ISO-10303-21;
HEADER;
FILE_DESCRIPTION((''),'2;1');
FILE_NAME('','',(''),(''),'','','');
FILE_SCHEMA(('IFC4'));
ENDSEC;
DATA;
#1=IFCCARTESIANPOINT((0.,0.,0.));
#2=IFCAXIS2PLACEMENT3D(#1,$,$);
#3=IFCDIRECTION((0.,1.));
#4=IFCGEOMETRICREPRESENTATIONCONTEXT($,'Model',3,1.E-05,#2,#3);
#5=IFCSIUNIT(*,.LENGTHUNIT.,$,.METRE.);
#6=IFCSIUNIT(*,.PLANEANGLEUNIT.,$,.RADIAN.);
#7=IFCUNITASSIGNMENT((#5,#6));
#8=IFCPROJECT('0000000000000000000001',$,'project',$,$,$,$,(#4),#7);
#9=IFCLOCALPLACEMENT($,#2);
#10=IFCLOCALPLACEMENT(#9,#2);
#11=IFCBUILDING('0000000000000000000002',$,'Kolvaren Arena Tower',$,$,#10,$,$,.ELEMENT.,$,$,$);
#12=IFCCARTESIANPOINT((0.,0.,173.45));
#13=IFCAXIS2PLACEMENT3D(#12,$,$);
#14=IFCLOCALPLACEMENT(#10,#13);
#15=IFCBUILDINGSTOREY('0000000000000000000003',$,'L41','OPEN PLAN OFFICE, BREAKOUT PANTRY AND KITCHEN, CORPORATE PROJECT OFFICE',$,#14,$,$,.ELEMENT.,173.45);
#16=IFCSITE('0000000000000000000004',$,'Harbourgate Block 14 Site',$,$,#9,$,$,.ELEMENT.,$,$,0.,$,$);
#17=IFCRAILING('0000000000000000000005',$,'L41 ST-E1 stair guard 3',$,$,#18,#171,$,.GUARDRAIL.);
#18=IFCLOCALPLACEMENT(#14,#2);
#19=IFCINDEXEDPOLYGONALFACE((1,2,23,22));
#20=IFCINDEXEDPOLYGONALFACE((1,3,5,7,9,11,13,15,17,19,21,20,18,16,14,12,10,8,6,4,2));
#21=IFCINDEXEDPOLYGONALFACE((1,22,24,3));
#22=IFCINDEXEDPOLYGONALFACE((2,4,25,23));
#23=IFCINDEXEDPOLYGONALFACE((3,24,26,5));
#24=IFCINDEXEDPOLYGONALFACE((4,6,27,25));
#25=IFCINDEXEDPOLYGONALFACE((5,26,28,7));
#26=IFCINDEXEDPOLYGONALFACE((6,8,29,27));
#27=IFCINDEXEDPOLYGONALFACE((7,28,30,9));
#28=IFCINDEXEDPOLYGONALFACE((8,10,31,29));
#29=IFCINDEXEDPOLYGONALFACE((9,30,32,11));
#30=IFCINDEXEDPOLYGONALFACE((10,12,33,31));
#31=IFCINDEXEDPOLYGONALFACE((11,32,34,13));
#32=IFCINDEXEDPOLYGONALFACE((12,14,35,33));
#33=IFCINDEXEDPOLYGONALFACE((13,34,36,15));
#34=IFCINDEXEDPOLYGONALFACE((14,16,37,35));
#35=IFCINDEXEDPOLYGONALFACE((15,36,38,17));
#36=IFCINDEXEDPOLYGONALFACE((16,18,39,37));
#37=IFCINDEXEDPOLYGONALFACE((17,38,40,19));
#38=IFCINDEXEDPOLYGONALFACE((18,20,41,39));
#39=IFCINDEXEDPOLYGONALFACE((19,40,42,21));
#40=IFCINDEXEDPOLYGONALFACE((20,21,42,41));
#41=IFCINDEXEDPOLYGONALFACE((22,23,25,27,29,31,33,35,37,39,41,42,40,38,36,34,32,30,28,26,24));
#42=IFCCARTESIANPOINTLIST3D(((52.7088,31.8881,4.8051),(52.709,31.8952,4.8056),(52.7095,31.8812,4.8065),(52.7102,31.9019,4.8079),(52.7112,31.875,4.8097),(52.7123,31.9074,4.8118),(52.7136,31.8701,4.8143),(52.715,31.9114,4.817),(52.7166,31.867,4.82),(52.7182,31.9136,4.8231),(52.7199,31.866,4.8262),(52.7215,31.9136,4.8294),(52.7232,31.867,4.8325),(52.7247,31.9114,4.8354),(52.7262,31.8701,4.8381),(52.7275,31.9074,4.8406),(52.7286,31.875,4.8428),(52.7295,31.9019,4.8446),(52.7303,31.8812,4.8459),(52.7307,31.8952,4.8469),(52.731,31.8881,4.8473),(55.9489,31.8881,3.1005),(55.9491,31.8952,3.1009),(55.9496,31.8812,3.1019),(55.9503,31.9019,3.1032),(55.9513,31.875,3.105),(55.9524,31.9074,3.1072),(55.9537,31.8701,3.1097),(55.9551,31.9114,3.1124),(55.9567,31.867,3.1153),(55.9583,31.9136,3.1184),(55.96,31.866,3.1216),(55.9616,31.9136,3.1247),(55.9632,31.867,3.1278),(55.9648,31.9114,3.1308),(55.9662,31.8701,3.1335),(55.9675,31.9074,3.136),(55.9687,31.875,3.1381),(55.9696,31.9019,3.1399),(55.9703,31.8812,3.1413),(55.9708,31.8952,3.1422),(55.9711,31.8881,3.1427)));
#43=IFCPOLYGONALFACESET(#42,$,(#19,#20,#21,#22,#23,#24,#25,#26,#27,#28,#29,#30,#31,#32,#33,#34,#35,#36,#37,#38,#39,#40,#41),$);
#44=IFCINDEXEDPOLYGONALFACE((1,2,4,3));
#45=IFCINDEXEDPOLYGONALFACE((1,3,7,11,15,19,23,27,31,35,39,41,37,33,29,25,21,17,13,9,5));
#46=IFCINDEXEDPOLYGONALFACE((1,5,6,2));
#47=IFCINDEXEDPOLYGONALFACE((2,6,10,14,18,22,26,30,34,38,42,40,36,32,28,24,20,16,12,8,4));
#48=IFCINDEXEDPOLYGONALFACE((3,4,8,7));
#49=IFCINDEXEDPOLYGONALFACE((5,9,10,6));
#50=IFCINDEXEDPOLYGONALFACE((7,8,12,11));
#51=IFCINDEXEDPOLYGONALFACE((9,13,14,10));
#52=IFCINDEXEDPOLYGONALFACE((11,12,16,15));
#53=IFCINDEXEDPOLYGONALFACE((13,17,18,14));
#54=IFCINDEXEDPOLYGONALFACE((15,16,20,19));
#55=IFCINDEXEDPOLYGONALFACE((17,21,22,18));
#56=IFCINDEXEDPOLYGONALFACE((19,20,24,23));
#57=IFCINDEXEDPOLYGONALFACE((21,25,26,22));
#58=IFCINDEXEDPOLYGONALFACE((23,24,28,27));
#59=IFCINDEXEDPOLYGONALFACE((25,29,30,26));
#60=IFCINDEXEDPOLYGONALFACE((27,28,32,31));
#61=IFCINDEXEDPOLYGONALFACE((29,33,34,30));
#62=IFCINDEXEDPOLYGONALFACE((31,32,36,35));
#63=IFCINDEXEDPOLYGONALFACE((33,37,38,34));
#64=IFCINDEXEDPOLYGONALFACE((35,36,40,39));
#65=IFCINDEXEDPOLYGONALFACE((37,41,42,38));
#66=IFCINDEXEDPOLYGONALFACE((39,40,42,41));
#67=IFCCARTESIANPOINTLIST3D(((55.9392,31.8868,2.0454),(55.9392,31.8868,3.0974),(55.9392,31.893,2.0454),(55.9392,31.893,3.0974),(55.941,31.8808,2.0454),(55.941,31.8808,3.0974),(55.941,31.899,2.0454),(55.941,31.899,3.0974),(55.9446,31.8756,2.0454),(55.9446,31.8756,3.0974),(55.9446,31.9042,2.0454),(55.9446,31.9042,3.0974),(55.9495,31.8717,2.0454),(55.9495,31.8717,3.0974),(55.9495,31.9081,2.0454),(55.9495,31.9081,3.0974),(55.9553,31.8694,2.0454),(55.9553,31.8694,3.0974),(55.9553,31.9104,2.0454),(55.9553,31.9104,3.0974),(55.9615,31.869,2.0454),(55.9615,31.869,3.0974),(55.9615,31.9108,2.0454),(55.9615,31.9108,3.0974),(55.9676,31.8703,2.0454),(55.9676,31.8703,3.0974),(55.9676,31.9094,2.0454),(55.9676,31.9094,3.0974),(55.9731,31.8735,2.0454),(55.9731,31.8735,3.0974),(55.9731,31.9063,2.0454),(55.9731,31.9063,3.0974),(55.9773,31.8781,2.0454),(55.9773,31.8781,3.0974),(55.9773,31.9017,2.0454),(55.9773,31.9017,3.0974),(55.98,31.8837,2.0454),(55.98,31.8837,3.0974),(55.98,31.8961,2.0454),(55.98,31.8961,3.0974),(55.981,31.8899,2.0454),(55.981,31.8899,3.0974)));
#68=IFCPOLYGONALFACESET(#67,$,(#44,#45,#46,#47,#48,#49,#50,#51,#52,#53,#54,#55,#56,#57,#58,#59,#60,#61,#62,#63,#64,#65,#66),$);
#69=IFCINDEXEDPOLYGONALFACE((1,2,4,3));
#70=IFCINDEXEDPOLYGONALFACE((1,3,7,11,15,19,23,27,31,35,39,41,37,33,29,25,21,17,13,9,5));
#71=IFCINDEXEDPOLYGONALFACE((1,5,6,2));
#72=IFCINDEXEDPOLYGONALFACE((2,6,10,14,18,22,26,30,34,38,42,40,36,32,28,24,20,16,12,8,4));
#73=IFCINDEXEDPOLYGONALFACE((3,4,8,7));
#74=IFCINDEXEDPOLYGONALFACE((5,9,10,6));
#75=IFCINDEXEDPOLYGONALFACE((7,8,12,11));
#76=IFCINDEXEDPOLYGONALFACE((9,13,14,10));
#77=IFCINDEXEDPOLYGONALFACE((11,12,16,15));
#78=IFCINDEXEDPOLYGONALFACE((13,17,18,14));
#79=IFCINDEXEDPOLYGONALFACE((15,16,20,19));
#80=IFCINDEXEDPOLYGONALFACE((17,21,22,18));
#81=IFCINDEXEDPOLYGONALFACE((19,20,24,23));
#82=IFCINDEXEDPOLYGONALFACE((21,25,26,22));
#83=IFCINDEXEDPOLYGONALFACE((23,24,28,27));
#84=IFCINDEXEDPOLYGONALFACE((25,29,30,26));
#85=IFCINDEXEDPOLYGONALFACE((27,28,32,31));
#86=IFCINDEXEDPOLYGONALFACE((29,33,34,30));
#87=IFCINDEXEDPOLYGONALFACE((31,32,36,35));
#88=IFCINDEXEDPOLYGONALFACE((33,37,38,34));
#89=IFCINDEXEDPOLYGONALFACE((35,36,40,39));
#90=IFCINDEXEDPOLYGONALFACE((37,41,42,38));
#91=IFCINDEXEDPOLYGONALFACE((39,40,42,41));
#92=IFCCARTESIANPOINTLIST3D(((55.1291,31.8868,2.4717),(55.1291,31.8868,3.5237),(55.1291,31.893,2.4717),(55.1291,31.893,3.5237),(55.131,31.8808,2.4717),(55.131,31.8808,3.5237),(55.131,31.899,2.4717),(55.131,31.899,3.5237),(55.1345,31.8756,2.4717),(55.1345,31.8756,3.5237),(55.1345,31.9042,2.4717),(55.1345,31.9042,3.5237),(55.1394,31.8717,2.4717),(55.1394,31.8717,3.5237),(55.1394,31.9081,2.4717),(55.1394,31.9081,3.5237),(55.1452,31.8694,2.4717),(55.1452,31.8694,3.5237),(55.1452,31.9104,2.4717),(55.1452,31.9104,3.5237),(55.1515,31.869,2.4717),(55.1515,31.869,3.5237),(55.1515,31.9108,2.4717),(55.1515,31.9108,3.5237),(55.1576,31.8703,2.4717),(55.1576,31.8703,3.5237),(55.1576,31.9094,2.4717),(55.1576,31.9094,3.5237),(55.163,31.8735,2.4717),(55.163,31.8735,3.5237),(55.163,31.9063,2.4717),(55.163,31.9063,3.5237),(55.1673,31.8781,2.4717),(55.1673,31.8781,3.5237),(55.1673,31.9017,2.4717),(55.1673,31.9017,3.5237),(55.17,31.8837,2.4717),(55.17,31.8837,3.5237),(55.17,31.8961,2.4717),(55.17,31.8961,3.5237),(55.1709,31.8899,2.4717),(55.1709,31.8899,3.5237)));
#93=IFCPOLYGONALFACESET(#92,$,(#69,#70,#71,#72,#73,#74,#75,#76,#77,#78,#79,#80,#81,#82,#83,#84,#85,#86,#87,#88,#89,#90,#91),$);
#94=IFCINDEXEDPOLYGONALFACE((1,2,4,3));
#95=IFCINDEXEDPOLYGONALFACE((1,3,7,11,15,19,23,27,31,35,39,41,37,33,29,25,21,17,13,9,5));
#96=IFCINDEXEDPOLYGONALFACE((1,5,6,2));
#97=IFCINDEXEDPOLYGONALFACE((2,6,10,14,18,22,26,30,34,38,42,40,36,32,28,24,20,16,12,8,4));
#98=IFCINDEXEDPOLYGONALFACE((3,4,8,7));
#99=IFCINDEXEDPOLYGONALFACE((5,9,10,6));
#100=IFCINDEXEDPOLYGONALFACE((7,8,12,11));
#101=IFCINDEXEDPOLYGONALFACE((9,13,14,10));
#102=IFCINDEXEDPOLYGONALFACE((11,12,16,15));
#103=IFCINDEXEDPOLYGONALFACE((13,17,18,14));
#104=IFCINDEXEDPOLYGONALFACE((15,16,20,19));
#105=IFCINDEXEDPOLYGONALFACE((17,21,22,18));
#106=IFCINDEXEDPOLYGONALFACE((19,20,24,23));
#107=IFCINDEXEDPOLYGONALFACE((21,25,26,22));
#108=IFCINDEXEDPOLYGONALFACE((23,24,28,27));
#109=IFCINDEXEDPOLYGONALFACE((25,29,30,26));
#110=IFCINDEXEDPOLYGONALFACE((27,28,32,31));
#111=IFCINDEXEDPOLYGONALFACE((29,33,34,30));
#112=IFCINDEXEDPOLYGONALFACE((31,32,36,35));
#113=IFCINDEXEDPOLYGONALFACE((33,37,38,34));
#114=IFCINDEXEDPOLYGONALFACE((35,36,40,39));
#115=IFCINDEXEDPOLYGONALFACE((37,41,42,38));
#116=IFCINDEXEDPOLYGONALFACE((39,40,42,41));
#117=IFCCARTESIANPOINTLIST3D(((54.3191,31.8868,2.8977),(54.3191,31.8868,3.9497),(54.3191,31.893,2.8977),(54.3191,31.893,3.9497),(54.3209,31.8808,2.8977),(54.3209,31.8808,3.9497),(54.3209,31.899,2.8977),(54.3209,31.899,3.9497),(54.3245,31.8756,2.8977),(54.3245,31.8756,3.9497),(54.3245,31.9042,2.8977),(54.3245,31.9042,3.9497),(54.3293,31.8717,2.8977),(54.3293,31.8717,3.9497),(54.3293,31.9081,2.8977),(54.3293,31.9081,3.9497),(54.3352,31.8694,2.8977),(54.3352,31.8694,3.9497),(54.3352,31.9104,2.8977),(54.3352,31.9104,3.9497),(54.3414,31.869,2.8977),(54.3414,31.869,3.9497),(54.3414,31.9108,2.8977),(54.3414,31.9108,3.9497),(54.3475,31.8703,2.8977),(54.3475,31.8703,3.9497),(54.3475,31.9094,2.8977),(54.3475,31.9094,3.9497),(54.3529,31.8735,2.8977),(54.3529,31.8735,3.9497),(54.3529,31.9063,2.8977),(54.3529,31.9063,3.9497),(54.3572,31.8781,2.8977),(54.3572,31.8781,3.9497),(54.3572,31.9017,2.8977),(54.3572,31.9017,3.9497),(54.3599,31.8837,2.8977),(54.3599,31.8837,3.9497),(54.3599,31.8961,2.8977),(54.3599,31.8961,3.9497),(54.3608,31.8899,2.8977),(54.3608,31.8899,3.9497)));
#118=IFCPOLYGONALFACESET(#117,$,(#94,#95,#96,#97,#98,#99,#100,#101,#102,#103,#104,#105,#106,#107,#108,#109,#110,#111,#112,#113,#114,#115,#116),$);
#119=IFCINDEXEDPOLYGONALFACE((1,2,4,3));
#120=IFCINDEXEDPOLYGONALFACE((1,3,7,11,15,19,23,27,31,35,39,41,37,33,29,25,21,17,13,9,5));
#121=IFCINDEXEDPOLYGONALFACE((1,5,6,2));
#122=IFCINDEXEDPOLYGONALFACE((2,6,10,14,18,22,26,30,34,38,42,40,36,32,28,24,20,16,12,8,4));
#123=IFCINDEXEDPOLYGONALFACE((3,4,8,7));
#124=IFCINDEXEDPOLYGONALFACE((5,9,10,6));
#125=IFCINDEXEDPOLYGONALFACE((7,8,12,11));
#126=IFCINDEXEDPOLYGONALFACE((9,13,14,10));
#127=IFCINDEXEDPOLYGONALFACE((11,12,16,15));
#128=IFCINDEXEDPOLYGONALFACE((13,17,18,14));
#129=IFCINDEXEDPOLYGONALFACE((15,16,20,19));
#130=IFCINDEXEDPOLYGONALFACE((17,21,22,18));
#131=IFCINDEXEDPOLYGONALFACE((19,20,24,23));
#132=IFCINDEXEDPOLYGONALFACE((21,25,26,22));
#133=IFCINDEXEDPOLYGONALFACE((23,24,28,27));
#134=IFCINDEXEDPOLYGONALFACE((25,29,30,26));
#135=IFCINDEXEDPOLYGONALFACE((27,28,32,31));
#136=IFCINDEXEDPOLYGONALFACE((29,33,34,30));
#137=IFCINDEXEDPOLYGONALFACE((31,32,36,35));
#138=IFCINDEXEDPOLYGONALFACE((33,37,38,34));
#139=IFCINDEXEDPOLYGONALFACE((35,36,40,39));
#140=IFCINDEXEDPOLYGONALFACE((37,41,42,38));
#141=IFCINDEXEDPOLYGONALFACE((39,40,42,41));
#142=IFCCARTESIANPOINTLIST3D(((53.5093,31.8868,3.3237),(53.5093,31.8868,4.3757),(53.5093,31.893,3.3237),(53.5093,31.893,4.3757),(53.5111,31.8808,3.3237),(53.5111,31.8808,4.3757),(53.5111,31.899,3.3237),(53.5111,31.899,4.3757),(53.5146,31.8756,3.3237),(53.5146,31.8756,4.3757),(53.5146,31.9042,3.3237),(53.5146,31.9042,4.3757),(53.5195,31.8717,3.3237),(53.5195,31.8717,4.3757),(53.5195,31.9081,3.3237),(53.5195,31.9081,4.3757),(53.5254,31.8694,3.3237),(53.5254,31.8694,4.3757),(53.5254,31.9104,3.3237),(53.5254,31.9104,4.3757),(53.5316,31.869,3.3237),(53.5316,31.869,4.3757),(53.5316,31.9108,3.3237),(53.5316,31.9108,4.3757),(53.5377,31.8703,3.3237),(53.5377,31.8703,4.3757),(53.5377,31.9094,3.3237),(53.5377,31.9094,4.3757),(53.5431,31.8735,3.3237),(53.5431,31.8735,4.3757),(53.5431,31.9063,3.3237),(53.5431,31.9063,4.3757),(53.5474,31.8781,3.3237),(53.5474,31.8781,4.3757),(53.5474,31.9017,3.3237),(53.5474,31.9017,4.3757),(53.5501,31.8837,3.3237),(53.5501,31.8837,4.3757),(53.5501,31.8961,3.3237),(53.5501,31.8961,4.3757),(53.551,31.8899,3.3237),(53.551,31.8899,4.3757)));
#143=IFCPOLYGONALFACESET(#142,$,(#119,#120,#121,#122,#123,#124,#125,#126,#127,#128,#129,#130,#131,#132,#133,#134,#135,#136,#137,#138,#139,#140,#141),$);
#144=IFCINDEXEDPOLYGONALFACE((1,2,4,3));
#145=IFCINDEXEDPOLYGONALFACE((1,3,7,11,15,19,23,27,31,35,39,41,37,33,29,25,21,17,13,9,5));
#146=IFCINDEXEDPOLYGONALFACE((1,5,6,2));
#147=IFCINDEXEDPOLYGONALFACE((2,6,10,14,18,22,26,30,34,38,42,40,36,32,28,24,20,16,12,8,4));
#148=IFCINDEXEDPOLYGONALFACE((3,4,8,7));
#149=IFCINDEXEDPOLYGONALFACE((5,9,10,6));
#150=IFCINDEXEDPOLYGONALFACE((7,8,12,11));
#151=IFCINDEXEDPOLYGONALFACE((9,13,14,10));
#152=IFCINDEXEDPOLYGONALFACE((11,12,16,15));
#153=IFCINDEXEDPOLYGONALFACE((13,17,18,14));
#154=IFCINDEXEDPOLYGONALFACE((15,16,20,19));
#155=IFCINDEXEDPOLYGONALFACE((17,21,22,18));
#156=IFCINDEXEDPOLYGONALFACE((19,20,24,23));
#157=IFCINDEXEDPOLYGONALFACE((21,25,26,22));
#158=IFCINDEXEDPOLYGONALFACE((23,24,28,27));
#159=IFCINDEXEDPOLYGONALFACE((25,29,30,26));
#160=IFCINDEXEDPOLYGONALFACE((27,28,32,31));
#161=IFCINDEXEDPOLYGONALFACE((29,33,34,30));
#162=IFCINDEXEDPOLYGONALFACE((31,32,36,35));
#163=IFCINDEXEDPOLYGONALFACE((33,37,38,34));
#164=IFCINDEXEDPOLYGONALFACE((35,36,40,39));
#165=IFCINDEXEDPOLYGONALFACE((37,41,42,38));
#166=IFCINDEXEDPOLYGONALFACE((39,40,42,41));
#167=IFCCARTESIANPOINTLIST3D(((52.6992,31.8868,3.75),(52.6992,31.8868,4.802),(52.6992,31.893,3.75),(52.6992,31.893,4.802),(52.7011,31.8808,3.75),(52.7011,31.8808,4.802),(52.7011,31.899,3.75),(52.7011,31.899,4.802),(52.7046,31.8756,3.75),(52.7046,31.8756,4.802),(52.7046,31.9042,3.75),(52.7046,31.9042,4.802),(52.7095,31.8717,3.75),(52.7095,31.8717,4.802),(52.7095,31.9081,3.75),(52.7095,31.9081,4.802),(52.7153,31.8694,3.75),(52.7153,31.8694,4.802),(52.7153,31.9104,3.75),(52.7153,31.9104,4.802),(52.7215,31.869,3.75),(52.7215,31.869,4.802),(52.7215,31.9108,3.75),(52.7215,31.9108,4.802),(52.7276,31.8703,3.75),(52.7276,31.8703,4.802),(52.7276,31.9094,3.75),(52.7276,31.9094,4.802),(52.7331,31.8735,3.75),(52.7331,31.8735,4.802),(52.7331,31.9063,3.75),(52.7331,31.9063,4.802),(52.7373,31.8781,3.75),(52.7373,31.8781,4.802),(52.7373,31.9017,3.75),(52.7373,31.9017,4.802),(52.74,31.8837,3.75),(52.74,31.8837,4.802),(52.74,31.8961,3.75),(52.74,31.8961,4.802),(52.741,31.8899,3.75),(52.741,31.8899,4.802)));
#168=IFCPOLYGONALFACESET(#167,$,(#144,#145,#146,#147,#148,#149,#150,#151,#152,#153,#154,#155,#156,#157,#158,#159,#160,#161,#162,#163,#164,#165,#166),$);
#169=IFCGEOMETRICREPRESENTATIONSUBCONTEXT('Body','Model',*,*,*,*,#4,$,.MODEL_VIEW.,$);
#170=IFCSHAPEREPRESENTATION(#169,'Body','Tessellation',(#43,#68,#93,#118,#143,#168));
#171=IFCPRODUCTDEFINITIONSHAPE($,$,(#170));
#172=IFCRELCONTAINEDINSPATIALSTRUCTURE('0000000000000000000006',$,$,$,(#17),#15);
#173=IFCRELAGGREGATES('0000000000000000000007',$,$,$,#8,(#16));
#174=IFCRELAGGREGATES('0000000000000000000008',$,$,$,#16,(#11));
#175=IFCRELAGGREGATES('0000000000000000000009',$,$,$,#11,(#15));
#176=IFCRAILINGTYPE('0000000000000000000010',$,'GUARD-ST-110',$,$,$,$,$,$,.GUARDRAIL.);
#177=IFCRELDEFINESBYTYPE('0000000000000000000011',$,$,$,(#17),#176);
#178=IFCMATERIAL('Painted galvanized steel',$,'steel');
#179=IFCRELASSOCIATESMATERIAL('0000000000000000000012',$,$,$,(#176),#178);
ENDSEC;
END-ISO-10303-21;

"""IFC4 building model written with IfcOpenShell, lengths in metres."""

from ifc_helpers import new_model, si_unit, direction, frame, origin, origin_2d, place, context, subcontext, project, spatial, circle, extrude, material, type_object, element, save


model = new_model("IFC4")

# Units and contexts
model_context = context("Model", 3, precision=1e-05, world=origin(), true_north=direction((0.0, 1.0)))
body_context = subcontext(model_context, "Body", "Model", "MODEL_VIEW")
ifc_project = project(units=[si_unit("LENGTHUNIT", "METRE"), si_unit("PLANEANGLEUNIT", "RADIAN")], contexts=[model_context])

# Site, building, storey
site_placement = place(None, origin())
site = spatial("IfcSite", under=ifc_project, at=site_placement, Name="Harbourgate Block 14 Site", CompositionType="ELEMENT", RefElevation=0.0)
building_placement = place(site_placement, origin())
building = spatial("IfcBuilding", under=site, at=building_placement, Name="Kolvaren Arena Tower", CompositionType="ELEMENT")
storey_placement = place(building_placement, frame((0.0, 0.0, 173.45)))
storey = spatial("IfcBuildingStorey", under=building, at=storey_placement, Name="L41", Description="OPEN PLAN OFFICE, BREAKOUT PANTRY AND KITCHEN, CORPORATE PROJECT OFFICE", CompositionType="ELEMENT", Elevation=173.45)

# Railing
ifc_material_1 = material(Name="Painted galvanized steel", Category="steel")
railing_type_1 = type_object("IfcRailingType", Name="GUARD-ST-110", PredefinedType="GUARDRAIL", material=ifc_material_1)
railing_1_placement = place(storey_placement, frame((55.96, 31.8899, 2.0454)))
element("IfcRailing", 1, at=railing_1_placement, inside=storey, type_object=railing_type_1, Name="L41 ST-E1 stair guard 3", PredefinedType="GUARDRAIL", context=body_context, shape_type="SweptSolid", body=[
    extrude(circle(Radius=0.0239, at=origin_2d()), frame((0.0, 0.0, 1.0762), z_axis=(-0.884993, 0.0, 0.465604), x_axis=(0.0, -1.0, 0.0)), (0.0, 0.0, 1.0), 3.6611),
    extrude(circle(Radius=0.021, at=origin_2d()), origin(), (0.0, 0.0, 1.0), 1.052),
    extrude(circle(Radius=0.021, at=origin_2d()), frame((-0.8101, 0.0, 0.4263)), (0.0, 0.0, 1.0), 1.052),
    extrude(circle(Radius=0.021, at=origin_2d()), frame((-1.6201, 0.0, 0.8523)), (0.0, 0.0, 1.0), 1.052),
    extrude(circle(Radius=0.021, at=origin_2d()), frame((-2.4299, 0.0, 1.2783)), (0.0, 0.0, 1.0), 1.052),
    extrude(circle(Radius=0.021, at=origin_2d()), frame((-3.24, 0.0, 1.7046)), (0.0, 0.0, 1.0), 1.052),
])

save(model, "model.ifc")
